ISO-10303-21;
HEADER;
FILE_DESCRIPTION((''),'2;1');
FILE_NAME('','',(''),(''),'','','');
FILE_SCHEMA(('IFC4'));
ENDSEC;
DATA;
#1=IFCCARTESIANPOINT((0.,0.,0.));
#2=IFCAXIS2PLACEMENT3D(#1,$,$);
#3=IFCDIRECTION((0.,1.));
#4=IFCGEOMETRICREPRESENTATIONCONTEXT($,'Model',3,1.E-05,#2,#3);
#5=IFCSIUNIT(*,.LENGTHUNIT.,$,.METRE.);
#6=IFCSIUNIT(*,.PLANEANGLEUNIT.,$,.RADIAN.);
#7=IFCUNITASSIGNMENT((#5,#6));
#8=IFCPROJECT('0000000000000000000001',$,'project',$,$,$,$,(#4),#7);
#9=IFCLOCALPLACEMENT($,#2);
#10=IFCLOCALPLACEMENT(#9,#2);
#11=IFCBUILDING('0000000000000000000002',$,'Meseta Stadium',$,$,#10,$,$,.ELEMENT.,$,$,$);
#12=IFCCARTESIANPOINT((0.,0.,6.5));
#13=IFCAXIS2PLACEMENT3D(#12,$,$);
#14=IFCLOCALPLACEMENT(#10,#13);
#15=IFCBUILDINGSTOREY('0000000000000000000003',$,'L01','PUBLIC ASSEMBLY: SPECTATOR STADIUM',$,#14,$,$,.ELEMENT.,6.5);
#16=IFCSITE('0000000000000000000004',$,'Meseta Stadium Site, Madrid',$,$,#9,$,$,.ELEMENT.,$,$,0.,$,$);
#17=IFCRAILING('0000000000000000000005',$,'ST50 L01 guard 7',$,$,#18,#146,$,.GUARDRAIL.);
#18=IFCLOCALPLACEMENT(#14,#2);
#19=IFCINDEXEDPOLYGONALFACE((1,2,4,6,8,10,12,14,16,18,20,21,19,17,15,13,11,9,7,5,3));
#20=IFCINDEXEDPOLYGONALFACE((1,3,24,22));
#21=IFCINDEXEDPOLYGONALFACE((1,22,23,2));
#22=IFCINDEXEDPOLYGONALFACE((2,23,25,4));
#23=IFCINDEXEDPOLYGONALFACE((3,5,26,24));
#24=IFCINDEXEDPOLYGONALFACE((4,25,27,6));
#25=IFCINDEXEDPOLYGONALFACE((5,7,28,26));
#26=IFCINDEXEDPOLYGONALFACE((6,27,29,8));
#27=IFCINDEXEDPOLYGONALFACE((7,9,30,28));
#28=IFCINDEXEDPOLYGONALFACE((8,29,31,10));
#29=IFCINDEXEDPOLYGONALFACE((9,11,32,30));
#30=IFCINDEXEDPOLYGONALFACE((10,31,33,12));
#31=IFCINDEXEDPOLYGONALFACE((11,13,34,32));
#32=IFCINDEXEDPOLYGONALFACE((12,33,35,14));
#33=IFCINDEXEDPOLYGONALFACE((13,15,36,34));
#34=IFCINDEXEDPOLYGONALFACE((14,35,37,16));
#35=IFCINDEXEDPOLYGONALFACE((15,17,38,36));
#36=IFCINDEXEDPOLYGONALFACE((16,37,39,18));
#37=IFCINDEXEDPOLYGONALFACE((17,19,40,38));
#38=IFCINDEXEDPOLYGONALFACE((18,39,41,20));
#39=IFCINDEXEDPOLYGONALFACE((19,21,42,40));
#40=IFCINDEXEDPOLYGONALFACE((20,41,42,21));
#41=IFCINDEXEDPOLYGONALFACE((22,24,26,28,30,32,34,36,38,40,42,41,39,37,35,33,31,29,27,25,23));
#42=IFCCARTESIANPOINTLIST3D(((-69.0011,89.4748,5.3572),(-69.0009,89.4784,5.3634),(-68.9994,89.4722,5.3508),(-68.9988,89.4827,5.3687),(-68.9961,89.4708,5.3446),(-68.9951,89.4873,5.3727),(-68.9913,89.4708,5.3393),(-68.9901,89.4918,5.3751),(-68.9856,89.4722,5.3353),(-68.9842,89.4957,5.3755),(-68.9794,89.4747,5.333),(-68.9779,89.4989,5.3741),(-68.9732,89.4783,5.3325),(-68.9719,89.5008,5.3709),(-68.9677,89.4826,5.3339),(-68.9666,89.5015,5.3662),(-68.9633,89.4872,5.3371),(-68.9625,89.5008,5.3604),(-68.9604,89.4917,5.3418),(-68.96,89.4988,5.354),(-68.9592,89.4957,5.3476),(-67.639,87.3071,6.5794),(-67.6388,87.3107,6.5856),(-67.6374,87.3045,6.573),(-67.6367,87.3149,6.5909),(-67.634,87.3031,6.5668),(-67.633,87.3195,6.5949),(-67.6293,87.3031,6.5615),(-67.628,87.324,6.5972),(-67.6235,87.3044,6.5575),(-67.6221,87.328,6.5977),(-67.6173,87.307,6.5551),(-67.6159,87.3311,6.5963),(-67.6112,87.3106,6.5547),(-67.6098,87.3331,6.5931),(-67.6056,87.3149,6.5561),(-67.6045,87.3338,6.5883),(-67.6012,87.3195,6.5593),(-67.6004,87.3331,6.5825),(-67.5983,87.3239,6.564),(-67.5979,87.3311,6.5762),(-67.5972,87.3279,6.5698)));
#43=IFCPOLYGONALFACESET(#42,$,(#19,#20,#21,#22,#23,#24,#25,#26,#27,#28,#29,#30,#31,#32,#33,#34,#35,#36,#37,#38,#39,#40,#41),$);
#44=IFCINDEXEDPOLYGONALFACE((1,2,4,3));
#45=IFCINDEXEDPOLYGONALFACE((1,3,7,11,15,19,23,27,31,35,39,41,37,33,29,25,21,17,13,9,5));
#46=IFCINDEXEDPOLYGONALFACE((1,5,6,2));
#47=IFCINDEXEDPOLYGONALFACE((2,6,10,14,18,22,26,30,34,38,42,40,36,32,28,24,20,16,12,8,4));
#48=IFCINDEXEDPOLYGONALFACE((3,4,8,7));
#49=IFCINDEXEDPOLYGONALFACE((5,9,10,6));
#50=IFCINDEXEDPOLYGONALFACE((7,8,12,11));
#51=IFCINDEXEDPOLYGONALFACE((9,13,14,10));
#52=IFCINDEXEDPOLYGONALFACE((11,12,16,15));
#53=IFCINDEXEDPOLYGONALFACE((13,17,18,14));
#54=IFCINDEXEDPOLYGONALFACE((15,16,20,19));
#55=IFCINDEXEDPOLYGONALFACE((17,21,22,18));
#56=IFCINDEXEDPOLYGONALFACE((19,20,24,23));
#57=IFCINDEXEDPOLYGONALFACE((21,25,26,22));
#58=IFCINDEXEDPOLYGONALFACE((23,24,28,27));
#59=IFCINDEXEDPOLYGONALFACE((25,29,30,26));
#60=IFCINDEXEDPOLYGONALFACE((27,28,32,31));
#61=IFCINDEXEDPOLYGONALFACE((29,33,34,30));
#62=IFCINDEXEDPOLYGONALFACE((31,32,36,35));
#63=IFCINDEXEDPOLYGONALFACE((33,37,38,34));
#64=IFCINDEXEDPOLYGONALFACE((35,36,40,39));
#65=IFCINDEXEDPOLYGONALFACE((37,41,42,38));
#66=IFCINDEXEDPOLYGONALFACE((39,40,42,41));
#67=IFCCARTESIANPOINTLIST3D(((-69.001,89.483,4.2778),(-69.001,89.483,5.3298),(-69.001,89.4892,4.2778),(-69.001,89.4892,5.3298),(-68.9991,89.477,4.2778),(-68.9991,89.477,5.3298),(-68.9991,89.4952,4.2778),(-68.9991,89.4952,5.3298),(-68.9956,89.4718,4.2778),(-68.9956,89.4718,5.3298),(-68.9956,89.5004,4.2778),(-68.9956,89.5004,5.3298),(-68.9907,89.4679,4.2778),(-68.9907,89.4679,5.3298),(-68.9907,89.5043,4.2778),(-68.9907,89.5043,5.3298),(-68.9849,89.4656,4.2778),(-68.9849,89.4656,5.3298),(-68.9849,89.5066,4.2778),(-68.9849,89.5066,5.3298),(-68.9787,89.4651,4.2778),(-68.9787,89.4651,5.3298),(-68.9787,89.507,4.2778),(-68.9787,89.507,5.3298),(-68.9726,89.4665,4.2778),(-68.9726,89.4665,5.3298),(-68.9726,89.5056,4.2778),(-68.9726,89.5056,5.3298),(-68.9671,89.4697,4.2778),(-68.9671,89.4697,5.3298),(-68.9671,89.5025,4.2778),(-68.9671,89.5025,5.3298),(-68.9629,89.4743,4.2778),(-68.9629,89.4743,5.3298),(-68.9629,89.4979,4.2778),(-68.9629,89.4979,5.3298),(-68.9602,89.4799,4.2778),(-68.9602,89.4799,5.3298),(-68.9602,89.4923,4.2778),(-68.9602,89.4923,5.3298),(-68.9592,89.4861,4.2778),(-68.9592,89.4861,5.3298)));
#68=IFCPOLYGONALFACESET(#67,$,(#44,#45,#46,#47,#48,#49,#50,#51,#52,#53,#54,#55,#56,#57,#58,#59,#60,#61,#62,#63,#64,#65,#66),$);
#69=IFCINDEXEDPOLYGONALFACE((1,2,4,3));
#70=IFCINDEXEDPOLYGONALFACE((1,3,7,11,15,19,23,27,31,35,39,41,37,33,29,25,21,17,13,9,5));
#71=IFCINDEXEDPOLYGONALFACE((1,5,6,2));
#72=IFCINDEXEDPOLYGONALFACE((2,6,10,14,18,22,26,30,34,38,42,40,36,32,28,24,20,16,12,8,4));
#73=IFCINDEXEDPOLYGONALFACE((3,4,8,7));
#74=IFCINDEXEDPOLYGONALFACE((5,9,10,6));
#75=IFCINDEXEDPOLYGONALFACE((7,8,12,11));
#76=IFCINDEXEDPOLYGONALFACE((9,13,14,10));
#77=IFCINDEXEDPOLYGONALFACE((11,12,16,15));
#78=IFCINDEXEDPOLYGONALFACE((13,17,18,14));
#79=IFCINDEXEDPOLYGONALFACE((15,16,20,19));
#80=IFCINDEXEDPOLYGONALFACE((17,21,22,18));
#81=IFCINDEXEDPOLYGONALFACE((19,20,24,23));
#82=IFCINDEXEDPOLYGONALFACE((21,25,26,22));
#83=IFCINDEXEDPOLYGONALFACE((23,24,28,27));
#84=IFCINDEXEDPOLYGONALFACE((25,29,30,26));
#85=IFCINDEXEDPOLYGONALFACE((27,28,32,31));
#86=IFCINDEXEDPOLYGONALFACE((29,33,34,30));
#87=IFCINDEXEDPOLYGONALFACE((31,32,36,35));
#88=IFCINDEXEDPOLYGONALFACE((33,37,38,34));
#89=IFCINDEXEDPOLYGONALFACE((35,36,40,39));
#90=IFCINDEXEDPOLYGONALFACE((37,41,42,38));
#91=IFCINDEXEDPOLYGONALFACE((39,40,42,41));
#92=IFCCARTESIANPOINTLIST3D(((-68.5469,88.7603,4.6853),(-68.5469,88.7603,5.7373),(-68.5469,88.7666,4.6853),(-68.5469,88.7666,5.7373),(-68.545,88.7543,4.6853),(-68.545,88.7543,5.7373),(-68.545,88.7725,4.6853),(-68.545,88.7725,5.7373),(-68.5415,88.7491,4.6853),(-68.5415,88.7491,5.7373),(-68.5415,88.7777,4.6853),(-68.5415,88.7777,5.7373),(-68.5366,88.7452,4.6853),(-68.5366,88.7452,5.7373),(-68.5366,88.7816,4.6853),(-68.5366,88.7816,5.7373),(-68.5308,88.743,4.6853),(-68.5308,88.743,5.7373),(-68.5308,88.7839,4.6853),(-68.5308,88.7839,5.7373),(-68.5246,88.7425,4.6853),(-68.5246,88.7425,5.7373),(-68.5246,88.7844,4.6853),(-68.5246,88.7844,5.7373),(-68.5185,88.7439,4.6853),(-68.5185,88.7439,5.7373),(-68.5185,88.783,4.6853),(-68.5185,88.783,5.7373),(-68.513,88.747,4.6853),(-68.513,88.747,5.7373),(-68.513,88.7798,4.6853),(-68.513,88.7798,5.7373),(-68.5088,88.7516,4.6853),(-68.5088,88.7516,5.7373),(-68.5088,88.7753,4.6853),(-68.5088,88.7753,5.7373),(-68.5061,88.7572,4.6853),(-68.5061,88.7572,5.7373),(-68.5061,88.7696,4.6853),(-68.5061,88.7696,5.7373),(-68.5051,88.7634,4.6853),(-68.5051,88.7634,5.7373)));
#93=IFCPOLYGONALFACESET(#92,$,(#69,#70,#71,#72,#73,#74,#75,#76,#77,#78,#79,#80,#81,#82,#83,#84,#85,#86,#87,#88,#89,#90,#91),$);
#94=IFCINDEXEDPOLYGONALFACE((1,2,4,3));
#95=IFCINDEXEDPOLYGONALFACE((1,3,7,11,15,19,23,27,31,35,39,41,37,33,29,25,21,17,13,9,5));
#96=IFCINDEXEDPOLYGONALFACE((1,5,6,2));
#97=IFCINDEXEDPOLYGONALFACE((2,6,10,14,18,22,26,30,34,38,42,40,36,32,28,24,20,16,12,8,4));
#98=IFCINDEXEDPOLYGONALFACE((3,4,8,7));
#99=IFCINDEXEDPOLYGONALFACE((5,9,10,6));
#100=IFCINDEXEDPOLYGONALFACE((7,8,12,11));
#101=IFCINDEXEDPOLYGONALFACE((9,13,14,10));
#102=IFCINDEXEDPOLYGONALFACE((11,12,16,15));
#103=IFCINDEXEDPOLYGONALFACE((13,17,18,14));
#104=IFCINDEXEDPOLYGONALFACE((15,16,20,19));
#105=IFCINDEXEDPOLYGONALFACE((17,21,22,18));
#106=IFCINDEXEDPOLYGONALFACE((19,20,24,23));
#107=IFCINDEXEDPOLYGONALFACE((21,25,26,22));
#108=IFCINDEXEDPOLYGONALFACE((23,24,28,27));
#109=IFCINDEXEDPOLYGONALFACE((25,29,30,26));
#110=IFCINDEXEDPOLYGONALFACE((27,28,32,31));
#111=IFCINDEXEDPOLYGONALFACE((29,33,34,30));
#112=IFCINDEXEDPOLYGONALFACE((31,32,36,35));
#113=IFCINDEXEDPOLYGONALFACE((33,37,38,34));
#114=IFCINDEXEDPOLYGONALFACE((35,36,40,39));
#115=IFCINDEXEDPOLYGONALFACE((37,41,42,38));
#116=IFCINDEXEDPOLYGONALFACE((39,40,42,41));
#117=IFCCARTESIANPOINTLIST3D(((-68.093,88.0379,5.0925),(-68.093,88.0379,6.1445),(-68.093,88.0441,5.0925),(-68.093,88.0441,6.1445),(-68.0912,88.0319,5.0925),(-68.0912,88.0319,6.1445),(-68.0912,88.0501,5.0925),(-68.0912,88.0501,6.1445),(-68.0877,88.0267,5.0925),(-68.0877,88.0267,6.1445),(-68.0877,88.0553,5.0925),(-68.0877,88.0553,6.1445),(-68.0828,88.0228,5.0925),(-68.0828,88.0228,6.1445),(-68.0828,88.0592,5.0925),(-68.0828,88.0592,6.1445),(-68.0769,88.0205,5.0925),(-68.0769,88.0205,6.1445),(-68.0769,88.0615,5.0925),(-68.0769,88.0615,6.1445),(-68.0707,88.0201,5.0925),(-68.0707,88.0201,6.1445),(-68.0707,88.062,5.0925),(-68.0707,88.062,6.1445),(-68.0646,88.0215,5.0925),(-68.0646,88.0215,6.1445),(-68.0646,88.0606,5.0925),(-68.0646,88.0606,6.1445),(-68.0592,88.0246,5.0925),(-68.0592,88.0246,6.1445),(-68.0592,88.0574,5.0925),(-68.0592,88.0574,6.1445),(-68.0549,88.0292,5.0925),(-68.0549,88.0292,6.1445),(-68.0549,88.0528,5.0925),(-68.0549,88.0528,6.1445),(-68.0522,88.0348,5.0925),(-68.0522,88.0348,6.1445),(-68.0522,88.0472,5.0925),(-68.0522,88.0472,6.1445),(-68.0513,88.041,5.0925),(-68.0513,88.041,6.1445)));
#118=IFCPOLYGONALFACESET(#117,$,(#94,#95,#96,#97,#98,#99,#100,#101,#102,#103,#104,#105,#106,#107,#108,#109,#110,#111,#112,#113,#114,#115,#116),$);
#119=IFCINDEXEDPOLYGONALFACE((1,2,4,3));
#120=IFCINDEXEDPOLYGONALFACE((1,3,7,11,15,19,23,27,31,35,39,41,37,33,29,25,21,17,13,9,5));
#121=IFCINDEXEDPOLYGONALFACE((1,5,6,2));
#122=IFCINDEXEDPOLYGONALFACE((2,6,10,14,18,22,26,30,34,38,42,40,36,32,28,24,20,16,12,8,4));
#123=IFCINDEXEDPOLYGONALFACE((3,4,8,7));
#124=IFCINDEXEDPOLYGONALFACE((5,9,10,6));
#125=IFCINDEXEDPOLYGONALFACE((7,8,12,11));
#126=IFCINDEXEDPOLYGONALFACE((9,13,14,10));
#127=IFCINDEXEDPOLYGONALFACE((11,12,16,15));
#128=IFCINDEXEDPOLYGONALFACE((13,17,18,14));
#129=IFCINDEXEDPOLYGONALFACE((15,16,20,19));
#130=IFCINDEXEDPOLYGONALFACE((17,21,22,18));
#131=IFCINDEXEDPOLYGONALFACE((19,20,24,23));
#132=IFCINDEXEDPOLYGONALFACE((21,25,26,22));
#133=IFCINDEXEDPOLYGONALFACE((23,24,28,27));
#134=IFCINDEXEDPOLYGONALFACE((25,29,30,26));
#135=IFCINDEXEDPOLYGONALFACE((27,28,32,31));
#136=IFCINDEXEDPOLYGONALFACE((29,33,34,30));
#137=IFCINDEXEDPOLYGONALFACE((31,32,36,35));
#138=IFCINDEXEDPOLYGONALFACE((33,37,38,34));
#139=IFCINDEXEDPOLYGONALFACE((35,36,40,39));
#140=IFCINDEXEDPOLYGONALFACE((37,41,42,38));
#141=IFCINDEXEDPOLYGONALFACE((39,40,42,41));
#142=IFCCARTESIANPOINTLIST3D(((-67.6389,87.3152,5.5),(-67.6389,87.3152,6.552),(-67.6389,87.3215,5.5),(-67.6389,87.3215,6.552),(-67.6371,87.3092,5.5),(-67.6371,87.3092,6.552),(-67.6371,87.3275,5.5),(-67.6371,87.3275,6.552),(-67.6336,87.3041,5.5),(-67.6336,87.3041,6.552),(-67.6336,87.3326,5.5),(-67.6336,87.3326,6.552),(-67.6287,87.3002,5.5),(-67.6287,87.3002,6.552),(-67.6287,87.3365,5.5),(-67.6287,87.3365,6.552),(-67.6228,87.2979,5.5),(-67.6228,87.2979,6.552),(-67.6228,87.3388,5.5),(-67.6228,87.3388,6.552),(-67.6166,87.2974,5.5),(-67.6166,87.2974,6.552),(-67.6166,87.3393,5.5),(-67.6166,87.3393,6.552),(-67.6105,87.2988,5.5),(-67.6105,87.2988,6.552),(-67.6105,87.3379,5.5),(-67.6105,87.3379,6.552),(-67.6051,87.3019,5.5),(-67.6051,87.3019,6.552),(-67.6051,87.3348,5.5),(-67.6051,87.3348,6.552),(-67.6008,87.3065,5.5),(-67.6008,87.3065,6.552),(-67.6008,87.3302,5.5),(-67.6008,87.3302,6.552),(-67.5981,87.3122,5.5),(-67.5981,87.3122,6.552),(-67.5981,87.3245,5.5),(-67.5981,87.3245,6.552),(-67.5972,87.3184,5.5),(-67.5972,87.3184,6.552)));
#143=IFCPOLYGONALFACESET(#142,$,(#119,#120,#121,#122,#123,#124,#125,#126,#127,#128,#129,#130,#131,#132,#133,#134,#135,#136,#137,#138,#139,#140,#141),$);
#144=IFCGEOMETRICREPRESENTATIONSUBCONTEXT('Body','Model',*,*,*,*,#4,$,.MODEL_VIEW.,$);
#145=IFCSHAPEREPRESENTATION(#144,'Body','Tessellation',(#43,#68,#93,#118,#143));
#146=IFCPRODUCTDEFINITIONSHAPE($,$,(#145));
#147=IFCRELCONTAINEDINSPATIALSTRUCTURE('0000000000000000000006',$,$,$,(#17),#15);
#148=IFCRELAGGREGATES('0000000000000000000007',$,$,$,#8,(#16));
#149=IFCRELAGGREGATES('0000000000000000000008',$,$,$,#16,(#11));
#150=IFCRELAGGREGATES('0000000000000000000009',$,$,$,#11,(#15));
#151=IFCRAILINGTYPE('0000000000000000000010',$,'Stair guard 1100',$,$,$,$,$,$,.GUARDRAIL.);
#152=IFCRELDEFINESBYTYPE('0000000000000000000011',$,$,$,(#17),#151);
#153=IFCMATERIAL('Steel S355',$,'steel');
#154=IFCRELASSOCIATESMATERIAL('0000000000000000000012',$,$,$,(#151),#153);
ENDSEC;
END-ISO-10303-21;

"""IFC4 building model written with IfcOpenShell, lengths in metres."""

from ifc_helpers import new_model, si_unit, direction, frame, origin, origin_2d, place, context, subcontext, project, spatial, circle, extrude, material, type_object, element, save


model = new_model("IFC4")

# Units and contexts
model_context = context("Model", 3, precision=1e-05, world=origin(), true_north=direction((0.0, 1.0)))
body_context = subcontext(model_context, "Body", "Model", "MODEL_VIEW")
ifc_project = project(units=[si_unit("LENGTHUNIT", "METRE"), si_unit("PLANEANGLEUNIT", "RADIAN")], contexts=[model_context])

# Site, building, storey
site_placement = place(None, origin())
site = spatial("IfcSite", under=ifc_project, at=site_placement, Name="Meseta Stadium Site, Madrid", CompositionType="ELEMENT", RefElevation=0.0)
building_placement = place(site_placement, origin())
building = spatial("IfcBuilding", under=site, at=building_placement, Name="Meseta Stadium", CompositionType="ELEMENT")
storey_placement = place(building_placement, frame((0.0, 0.0, 6.5)))
storey = spatial("IfcBuildingStorey", under=building, at=storey_placement, Name="L01", Description="PUBLIC ASSEMBLY: SPECTATOR STADIUM", CompositionType="ELEMENT", Elevation=6.5)

# Railing
ifc_material_1 = material(Name="Steel S355", Category="steel")
railing_type_1 = type_object("IfcRailingType", Name="Stair guard 1100", PredefinedType="GUARDRAIL", material=ifc_material_1)
railing_1_placement = place(storey_placement, frame((-68.9802, 89.4861, 4.2778)))
element("IfcRailing", 1, at=railing_1_placement, inside=storey, type_object=railing_type_1, Name="ST50 L01 guard 7", PredefinedType="GUARDRAIL", context=body_context, shape_type="SweptSolid", body=[
    extrude(circle(Radius=0.0239, at=origin_2d()), frame((0.0, 0.0, 1.0762), z_axis=(0.480125, -0.764121, 0.430813), x_axis=(0.846726, 0.532029, 0.0)), (0.0, 0.0, 1.0), 2.8369),
    extrude(circle(Radius=0.021, at=origin_2d()), origin(), (0.0, 0.0, 1.0), 1.052),
    extrude(circle(Radius=0.021, at=origin_2d()), frame((0.4541, -0.7227, 0.4075)), (0.0, 0.0, 1.0), 1.052),
    extrude(circle(Radius=0.021, at=origin_2d()), frame((0.908, -1.4451, 0.8147)), (0.0, 0.0, 1.0), 1.052),
    extrude(circle(Radius=0.021, at=origin_2d()), frame((1.3621, -2.1677, 1.2222)), (0.0, 0.0, 1.0), 1.052),
])

save(model, "model.ifc")
